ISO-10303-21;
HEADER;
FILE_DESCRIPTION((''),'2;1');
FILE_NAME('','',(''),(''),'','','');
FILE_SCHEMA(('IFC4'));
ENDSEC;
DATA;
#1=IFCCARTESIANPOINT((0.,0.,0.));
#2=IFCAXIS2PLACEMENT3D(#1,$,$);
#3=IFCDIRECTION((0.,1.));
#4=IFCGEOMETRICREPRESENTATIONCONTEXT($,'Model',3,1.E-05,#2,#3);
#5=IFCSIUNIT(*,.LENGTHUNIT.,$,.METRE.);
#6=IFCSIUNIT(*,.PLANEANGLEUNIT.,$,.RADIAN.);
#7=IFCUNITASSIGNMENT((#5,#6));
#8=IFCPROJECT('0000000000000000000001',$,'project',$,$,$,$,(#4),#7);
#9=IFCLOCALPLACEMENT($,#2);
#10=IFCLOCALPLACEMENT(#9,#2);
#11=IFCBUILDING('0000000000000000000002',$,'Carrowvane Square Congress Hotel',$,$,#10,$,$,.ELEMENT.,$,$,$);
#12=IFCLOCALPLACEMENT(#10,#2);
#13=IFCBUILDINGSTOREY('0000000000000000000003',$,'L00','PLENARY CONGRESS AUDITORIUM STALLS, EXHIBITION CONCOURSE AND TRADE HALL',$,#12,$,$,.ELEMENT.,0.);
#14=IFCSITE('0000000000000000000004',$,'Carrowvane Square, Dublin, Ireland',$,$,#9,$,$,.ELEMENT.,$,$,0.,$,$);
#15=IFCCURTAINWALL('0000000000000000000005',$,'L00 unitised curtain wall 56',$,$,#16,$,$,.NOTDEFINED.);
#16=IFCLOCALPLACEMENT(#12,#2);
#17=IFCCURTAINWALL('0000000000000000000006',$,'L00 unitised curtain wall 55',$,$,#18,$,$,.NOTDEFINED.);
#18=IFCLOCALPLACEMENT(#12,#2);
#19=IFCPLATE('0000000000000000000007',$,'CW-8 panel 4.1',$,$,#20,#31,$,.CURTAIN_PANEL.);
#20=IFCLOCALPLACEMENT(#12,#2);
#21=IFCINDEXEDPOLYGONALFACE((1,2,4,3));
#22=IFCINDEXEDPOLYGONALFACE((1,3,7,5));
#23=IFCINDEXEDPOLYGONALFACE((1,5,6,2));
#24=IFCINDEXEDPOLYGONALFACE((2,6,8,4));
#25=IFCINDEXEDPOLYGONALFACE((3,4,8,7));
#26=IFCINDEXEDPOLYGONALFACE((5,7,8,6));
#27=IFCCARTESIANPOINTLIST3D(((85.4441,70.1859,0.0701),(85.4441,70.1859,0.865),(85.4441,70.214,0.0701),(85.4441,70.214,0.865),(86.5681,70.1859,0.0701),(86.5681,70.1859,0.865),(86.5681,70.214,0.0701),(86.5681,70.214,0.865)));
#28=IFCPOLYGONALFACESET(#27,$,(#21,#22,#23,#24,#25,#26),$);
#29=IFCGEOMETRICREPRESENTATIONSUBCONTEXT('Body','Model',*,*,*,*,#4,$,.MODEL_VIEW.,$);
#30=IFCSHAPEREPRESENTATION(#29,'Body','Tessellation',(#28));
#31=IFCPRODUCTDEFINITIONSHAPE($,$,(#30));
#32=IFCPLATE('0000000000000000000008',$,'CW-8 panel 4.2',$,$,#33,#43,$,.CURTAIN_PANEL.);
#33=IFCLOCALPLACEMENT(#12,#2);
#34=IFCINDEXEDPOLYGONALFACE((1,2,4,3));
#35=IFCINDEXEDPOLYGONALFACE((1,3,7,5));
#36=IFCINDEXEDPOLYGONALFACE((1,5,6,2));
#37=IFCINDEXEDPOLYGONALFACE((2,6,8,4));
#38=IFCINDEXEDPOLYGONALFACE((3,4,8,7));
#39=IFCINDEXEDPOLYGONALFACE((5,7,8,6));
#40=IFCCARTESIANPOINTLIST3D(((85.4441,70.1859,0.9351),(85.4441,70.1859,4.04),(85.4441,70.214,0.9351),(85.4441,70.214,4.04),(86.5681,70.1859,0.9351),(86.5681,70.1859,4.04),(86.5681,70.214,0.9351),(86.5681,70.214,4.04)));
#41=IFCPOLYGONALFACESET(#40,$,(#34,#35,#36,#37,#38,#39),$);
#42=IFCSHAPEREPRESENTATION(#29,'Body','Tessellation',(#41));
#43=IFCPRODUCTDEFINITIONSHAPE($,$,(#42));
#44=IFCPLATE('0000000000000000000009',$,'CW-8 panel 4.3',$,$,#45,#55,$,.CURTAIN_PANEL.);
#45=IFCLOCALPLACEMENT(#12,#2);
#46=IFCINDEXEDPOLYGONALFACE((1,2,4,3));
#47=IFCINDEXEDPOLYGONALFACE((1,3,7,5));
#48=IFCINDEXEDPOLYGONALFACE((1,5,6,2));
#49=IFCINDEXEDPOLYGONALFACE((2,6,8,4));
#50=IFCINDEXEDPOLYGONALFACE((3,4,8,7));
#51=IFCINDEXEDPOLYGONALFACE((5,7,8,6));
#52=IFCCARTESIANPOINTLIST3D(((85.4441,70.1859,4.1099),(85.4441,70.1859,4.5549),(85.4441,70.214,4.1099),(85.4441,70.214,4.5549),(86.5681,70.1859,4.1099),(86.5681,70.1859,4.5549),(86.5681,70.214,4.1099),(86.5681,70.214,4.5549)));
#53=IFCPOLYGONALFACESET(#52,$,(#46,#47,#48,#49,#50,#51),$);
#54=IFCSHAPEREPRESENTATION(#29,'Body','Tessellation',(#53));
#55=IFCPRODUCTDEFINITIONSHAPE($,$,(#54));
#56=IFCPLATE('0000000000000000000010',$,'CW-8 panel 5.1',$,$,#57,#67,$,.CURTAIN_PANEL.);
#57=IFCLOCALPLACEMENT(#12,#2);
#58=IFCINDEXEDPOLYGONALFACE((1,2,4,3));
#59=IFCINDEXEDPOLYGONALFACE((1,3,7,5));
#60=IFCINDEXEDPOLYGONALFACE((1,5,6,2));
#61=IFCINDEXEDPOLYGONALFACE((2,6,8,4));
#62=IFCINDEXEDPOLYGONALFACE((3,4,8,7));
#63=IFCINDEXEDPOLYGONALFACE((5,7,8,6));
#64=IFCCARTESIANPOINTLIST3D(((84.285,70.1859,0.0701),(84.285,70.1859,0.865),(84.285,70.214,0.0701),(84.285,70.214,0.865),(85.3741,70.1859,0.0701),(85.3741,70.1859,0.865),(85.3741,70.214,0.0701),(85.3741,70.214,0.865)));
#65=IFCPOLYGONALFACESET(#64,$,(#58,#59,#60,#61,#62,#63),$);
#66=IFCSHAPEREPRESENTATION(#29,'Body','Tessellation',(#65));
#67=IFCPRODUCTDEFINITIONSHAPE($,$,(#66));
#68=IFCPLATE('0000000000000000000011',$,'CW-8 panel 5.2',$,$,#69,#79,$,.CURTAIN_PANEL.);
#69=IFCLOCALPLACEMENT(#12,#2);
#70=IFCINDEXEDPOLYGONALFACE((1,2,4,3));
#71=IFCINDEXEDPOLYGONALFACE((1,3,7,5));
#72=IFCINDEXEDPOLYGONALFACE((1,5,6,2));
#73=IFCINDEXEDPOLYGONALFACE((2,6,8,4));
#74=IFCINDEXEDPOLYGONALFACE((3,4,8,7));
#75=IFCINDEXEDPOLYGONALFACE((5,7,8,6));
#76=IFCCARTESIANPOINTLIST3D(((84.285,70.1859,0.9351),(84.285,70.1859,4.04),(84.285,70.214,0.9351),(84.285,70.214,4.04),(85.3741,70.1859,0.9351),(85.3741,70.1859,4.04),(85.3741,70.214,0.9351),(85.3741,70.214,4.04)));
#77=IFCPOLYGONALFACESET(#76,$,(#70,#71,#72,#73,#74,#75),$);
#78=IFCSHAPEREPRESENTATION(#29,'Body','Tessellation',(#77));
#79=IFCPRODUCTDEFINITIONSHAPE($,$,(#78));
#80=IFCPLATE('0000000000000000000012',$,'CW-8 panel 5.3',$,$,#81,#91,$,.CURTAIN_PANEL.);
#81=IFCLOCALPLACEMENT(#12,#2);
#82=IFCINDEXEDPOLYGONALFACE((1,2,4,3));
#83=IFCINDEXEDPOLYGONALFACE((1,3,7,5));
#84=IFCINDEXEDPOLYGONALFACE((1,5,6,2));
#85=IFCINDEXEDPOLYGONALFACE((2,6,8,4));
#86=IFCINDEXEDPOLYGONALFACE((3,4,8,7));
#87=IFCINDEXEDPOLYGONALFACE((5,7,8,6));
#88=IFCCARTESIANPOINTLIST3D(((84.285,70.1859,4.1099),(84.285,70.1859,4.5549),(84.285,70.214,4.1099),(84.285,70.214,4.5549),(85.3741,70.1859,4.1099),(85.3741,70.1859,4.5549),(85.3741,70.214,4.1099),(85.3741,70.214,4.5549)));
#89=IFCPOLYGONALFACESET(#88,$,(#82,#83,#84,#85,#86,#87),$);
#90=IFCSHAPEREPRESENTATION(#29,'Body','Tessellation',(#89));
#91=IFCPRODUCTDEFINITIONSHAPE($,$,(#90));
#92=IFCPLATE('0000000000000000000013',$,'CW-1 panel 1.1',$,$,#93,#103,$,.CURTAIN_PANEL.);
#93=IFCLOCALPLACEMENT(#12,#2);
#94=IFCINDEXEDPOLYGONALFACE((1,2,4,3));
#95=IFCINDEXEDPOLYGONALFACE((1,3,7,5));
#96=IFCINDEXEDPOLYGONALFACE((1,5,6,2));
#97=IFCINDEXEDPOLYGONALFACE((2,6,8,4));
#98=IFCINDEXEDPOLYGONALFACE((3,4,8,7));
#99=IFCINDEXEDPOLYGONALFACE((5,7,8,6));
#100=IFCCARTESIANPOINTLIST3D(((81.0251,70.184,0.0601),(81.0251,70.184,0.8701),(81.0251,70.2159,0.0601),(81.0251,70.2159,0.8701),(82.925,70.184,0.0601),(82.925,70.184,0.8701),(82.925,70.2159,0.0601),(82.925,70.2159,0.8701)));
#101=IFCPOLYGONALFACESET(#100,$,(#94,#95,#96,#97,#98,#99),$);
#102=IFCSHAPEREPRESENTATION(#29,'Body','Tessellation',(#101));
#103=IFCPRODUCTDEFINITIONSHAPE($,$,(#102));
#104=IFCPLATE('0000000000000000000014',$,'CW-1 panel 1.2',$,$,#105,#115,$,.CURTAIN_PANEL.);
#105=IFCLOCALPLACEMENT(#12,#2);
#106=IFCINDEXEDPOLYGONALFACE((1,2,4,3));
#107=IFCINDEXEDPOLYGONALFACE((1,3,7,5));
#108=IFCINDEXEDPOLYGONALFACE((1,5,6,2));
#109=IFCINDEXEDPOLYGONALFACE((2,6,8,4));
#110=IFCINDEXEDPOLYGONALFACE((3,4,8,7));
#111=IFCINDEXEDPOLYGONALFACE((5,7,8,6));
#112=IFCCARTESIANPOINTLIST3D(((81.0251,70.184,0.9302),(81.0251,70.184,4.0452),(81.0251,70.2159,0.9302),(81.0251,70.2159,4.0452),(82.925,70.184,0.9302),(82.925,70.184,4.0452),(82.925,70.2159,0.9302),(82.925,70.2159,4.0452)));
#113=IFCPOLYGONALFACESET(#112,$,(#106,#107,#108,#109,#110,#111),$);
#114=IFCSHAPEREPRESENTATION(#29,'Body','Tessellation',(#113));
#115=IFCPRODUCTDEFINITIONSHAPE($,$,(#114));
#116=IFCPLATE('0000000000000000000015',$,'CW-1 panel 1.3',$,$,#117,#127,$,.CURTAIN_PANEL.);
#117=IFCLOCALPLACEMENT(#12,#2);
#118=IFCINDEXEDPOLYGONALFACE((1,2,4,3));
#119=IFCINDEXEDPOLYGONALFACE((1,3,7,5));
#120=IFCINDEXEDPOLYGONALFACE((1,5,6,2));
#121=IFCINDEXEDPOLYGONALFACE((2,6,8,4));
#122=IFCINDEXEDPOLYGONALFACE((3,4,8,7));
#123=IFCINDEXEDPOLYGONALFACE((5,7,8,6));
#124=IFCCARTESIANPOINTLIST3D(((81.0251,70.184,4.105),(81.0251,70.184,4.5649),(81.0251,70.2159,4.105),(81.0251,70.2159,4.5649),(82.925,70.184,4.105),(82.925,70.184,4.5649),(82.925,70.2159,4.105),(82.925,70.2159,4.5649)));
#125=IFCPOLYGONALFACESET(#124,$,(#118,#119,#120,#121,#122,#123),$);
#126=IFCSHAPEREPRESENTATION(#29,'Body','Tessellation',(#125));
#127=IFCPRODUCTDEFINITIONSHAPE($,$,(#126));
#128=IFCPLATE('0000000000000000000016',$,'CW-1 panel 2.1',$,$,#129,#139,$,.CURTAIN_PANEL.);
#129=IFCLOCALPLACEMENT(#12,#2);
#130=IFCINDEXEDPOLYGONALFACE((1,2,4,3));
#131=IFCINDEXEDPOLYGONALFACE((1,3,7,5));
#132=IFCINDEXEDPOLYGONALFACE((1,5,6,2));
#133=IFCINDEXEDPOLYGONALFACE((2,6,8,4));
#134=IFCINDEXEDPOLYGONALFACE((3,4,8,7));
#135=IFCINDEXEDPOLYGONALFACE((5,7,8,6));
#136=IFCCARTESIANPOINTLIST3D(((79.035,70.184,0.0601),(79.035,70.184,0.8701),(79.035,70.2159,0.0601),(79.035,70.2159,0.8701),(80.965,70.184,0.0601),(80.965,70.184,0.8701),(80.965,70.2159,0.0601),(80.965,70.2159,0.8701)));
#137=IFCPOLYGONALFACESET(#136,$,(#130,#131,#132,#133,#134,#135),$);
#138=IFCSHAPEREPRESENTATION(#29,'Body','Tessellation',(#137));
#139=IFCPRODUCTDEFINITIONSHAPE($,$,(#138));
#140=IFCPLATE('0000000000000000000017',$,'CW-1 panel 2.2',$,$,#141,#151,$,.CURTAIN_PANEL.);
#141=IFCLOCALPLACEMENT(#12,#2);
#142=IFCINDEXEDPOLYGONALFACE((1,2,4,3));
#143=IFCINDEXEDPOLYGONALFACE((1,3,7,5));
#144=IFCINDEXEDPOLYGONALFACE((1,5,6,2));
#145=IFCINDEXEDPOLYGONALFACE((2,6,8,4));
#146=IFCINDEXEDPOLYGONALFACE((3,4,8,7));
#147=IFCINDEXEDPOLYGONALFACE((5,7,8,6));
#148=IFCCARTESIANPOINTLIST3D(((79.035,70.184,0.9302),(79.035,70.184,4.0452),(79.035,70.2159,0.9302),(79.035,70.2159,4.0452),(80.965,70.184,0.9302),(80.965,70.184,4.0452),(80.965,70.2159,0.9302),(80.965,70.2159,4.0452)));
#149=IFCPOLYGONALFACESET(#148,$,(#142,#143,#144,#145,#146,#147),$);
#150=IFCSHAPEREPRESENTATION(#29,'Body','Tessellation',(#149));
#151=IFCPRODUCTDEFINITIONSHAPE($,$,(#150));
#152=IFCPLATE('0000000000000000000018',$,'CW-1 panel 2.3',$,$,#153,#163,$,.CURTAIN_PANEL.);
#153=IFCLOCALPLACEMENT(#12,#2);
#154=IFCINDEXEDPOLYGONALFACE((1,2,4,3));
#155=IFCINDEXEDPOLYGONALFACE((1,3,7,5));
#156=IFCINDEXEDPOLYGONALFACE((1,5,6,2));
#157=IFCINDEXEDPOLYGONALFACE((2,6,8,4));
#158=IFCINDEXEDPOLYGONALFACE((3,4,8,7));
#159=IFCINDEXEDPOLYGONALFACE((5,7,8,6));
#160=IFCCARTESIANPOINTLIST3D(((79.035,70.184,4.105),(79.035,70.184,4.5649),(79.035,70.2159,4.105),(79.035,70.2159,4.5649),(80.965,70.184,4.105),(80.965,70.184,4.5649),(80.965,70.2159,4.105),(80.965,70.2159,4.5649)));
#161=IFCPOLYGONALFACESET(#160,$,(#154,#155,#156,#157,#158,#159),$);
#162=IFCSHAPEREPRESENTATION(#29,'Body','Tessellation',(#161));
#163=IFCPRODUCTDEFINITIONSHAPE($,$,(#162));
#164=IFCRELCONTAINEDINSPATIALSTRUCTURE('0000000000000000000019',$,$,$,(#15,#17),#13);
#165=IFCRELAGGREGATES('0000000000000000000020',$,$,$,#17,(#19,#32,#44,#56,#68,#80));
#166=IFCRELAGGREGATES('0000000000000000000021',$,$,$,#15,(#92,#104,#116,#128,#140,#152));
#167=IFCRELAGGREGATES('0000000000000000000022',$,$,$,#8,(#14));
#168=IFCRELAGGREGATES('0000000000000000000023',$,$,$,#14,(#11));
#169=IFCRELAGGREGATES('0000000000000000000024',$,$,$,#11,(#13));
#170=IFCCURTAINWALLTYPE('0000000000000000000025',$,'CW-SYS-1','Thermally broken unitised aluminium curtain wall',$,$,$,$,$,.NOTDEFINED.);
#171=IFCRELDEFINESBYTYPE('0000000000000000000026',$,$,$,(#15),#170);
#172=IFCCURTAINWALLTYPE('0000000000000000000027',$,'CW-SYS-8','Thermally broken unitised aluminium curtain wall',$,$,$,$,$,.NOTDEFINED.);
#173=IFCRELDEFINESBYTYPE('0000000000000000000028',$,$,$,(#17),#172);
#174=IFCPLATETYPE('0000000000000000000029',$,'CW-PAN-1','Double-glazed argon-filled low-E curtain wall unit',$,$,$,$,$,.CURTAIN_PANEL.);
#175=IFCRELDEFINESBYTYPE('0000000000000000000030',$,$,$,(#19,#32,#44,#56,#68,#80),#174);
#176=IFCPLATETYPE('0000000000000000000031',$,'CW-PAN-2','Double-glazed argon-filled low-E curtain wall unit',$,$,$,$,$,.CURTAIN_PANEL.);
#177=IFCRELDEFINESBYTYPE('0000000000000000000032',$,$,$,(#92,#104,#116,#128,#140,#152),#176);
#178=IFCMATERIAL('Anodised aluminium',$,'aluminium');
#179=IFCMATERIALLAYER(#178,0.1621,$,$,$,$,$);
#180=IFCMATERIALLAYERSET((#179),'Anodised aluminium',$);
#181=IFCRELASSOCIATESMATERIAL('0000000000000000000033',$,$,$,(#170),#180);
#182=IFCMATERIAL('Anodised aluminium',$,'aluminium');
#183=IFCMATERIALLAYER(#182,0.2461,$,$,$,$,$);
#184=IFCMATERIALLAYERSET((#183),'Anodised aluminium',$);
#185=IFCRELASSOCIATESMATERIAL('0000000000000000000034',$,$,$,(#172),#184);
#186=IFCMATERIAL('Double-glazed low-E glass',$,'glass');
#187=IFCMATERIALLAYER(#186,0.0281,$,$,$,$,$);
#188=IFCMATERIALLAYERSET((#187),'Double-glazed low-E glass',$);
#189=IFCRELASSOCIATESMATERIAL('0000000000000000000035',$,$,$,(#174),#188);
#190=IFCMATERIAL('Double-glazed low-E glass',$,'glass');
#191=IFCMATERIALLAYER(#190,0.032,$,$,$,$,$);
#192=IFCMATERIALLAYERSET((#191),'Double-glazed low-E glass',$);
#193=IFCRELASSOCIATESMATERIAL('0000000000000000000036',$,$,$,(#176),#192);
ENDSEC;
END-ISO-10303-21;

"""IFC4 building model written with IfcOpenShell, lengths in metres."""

from ifc_helpers import new_model, si_unit, direction, frame, origin, origin_2d, place, context, subcontext, project, spatial, rectangle, extrude, material, layer, layer_set, type_object, element, aggregate, save


model = new_model("IFC4")

# Units and contexts
model_context = context("Model", 3, precision=1e-05, world=origin(), true_north=direction((0.0, 1.0)))
body_context = subcontext(model_context, "Body", "Model", "MODEL_VIEW")
ifc_project = project(units=[si_unit("LENGTHUNIT", "METRE"), si_unit("PLANEANGLEUNIT", "RADIAN")], contexts=[model_context])

# Site, building, storey
site_placement = place(None, origin())
site = spatial("IfcSite", under=ifc_project, at=site_placement, Name="Carrowvane Square, Dublin, Ireland", CompositionType="ELEMENT", RefElevation=0.0)
building_placement = place(site_placement, origin())
building = spatial("IfcBuilding", under=site, at=building_placement, Name="Carrowvane Square Congress Hotel", CompositionType="ELEMENT")
storey_placement = place(building_placement, origin())
storey = spatial("IfcBuildingStorey", under=building, at=storey_placement, Name="L00", Description="PLENARY CONGRESS AUDITORIUM STALLS, EXHIBITION CONCOURSE AND TRADE HALL", CompositionType="ELEMENT", Elevation=0.0)

# Curtain walls
ifc_material_1 = material(Name="Anodised aluminium", Category="aluminium")
ifc_layer_1 = layer(ifc_material_1, 0.1621)
ifc_layer_set_1 = layer_set([ifc_layer_1], Name="Anodised aluminium")
curtain_wall_type_1 = type_object("IfcCurtainWallType", Name="CW-SYS-1", Description="Thermally broken unitised aluminium curtain wall", PredefinedType="NOTDEFINED", material=ifc_layer_set_1)
curtain_wall_1_placement = place(storey_placement, origin())
curtain_wall_1 = element("IfcCurtainWall", 1, at=curtain_wall_1_placement, inside=storey, type_object=curtain_wall_type_1, Name="L00 unitised curtain wall 56", PredefinedType="NOTDEFINED")
ifc_material_2 = material(Name="Anodised aluminium", Category="aluminium")
ifc_layer_2 = layer(ifc_material_2, 0.2461)
ifc_layer_set_2 = layer_set([ifc_layer_2], Name="Anodised aluminium")
curtain_wall_type_2 = type_object("IfcCurtainWallType", Name="CW-SYS-8", Description="Thermally broken unitised aluminium curtain wall", PredefinedType="NOTDEFINED", material=ifc_layer_set_2)
curtain_wall_2_placement = place(storey_placement, origin())
curtain_wall_2 = element("IfcCurtainWall", 2, at=curtain_wall_2_placement, inside=storey, type_object=curtain_wall_type_2, Name="L00 unitised curtain wall 55", PredefinedType="NOTDEFINED")

# Plates
ifc_material_3 = material(Name="Double-glazed low-E glass", Category="glass")
ifc_layer_3 = layer(ifc_material_3, 0.0281)
ifc_layer_set_3 = layer_set([ifc_layer_3], Name="Double-glazed low-E glass")
plate_type_1 = type_object("IfcPlateType", Name="CW-PAN-1", Description="Double-glazed argon-filled low-E curtain wall unit", PredefinedType="CURTAIN_PANEL", material=ifc_layer_set_3)
plate_1_placement = place(storey_placement, frame((86.0061, 70.2, 0.0701), z_axis=(0.0, 0.0, 1.0), x_axis=(-1.0, 0.0, 0.0)))
plate_1 = element("IfcPlate", 3, at=plate_1_placement, type_object=plate_type_1, Name="CW-8 panel 4.1", PredefinedType="CURTAIN_PANEL", context=body_context, shape_type="SweptSolid", body=[
    extrude(rectangle(XDim=1.124, YDim=0.0281, at=origin_2d()), origin(), (0.0, 0.0, 1.0), 0.7949),
])
plate_2_placement = place(storey_placement, frame((86.0061, 70.2, 0.9351), z_axis=(0.0, 0.0, 1.0), x_axis=(-1.0, 0.0, 0.0)))
plate_2 = element("IfcPlate", 4, at=plate_2_placement, type_object=plate_type_1, Name="CW-8 panel 4.2", PredefinedType="CURTAIN_PANEL", context=body_context, shape_type="SweptSolid", body=[
    extrude(rectangle(XDim=1.124, YDim=0.0281, at=origin_2d()), origin(), (0.0, 0.0, 1.0), 3.105),
])
plate_3_placement = place(storey_placement, frame((86.0061, 70.2, 4.1099), z_axis=(0.0, 0.0, 1.0), x_axis=(-1.0, 0.0, 0.0)))
plate_3 = element("IfcPlate", 5, at=plate_3_placement, type_object=plate_type_1, Name="CW-8 panel 4.3", PredefinedType="CURTAIN_PANEL", context=body_context, shape_type="SweptSolid", body=[
    extrude(rectangle(XDim=1.124, YDim=0.0281, at=origin_2d()), origin(), (0.0, 0.0, 1.0), 0.4451),
])
plate_4_placement = place(storey_placement, frame((84.8296, 70.2, 0.0701), z_axis=(0.0, 0.0, 1.0), x_axis=(-1.0, 0.0, 0.0)))
plate_4 = element("IfcPlate", 6, at=plate_4_placement, type_object=plate_type_1, Name="CW-8 panel 5.1", PredefinedType="CURTAIN_PANEL", context=body_context, shape_type="SweptSolid", body=[
    extrude(rectangle(XDim=1.0891, YDim=0.0281, at=origin_2d()), origin(), (0.0, 0.0, 1.0), 0.7949),
])
plate_5_placement = place(storey_placement, frame((84.8296, 70.2, 0.9351), z_axis=(0.0, 0.0, 1.0), x_axis=(-1.0, 0.0, 0.0)))
plate_5 = element("IfcPlate", 7, at=plate_5_placement, type_object=plate_type_1, Name="CW-8 panel 5.2", PredefinedType="CURTAIN_PANEL", context=body_context, shape_type="SweptSolid", body=[
    extrude(rectangle(XDim=1.0891, YDim=0.0281, at=origin_2d()), origin(), (0.0, 0.0, 1.0), 3.105),
])
plate_6_placement = place(storey_placement, frame((84.8296, 70.2, 4.1099), z_axis=(0.0, 0.0, 1.0), x_axis=(-1.0, 0.0, 0.0)))
plate_6 = element("IfcPlate", 8, at=plate_6_placement, type_object=plate_type_1, Name="CW-8 panel 5.3", PredefinedType="CURTAIN_PANEL", context=body_context, shape_type="SweptSolid", body=[
    extrude(rectangle(XDim=1.0891, YDim=0.0281, at=origin_2d()), origin(), (0.0, 0.0, 1.0), 0.4451),
])
aggregate(curtain_wall_2, [plate_1, plate_2, plate_3, plate_4, plate_5, plate_6])
ifc_material_4 = material(Name="Double-glazed low-E glass", Category="glass")
ifc_layer_4 = layer(ifc_material_4, 0.032)
ifc_layer_set_4 = layer_set([ifc_layer_4], Name="Double-glazed low-E glass")
plate_type_2 = type_object("IfcPlateType", Name="CW-PAN-2", Description="Double-glazed argon-filled low-E curtain wall unit", PredefinedType="CURTAIN_PANEL", material=ifc_layer_set_4)
plate_7_placement = place(storey_placement, frame((81.9751, 70.2, 0.0601), z_axis=(0.0, 0.0, 1.0), x_axis=(-1.0, 0.0, 0.0)))
plate_7 = element("IfcPlate", 9, at=plate_7_placement, type_object=plate_type_2, Name="CW-1 panel 1.1", PredefinedType="CURTAIN_PANEL", context=body_context, shape_type="SweptSolid", body=[
    extrude(rectangle(XDim=1.8999, YDim=0.032, at=origin_2d()), origin(), (0.0, 0.0, 1.0), 0.8101),
])
plate_8_placement = place(storey_placement, frame((81.9751, 70.2, 0.9302), z_axis=(0.0, 0.0, 1.0), x_axis=(-1.0, 0.0, 0.0)))
plate_8 = element("IfcPlate", 10, at=plate_8_placement, type_object=plate_type_2, Name="CW-1 panel 1.2", PredefinedType="CURTAIN_PANEL", context=body_context, shape_type="SweptSolid", body=[
    extrude(rectangle(XDim=1.8999, YDim=0.032, at=origin_2d()), origin(), (0.0, 0.0, 1.0), 3.115),
])
plate_9_placement = place(storey_placement, frame((81.9751, 70.2, 4.105), z_axis=(0.0, 0.0, 1.0), x_axis=(-1.0, 0.0, 0.0)))
plate_9 = element("IfcPlate", 11, at=plate_9_placement, type_object=plate_type_2, Name="CW-1 panel 1.3", PredefinedType="CURTAIN_PANEL", context=body_context, shape_type="SweptSolid", body=[
    extrude(rectangle(XDim=1.8999, YDim=0.032, at=origin_2d()), origin(), (0.0, 0.0, 1.0), 0.46),
])
plate_10_placement = place(storey_placement, frame((80.0, 70.2, 0.0601), z_axis=(0.0, 0.0, 1.0), x_axis=(-1.0, 0.0, 0.0)))
plate_10 = element("IfcPlate", 12, at=plate_10_placement, type_object=plate_type_2, Name="CW-1 panel 2.1", PredefinedType="CURTAIN_PANEL", context=body_context, shape_type="SweptSolid", body=[
    extrude(rectangle(XDim=1.9299, YDim=0.032, at=origin_2d()), origin(), (0.0, 0.0, 1.0), 0.8101),
])
plate_11_placement = place(storey_placement, frame((80.0, 70.2, 0.9302), z_axis=(0.0, 0.0, 1.0), x_axis=(-1.0, 0.0, 0.0)))
plate_11 = element("IfcPlate", 13, at=plate_11_placement, type_object=plate_type_2, Name="CW-1 panel 2.2", PredefinedType="CURTAIN_PANEL", context=body_context, shape_type="SweptSolid", body=[
    extrude(rectangle(XDim=1.9299, YDim=0.032, at=origin_2d()), origin(), (0.0, 0.0, 1.0), 3.115),
])
plate_12_placement = place(storey_placement, frame((80.0, 70.2, 4.105), z_axis=(0.0, 0.0, 1.0), x_axis=(-1.0, 0.0, 0.0)))
plate_12 = element("IfcPlate", 14, at=plate_12_placement, type_object=plate_type_2, Name="CW-1 panel 2.3", PredefinedType="CURTAIN_PANEL", context=body_context, shape_type="SweptSolid", body=[
    extrude(rectangle(XDim=1.9299, YDim=0.032, at=origin_2d()), origin(), (0.0, 0.0, 1.0), 0.46),
])
aggregate(curtain_wall_1, [plate_7, plate_8, plate_9, plate_10, plate_11, plate_12])

save(model, "model.ifc")
